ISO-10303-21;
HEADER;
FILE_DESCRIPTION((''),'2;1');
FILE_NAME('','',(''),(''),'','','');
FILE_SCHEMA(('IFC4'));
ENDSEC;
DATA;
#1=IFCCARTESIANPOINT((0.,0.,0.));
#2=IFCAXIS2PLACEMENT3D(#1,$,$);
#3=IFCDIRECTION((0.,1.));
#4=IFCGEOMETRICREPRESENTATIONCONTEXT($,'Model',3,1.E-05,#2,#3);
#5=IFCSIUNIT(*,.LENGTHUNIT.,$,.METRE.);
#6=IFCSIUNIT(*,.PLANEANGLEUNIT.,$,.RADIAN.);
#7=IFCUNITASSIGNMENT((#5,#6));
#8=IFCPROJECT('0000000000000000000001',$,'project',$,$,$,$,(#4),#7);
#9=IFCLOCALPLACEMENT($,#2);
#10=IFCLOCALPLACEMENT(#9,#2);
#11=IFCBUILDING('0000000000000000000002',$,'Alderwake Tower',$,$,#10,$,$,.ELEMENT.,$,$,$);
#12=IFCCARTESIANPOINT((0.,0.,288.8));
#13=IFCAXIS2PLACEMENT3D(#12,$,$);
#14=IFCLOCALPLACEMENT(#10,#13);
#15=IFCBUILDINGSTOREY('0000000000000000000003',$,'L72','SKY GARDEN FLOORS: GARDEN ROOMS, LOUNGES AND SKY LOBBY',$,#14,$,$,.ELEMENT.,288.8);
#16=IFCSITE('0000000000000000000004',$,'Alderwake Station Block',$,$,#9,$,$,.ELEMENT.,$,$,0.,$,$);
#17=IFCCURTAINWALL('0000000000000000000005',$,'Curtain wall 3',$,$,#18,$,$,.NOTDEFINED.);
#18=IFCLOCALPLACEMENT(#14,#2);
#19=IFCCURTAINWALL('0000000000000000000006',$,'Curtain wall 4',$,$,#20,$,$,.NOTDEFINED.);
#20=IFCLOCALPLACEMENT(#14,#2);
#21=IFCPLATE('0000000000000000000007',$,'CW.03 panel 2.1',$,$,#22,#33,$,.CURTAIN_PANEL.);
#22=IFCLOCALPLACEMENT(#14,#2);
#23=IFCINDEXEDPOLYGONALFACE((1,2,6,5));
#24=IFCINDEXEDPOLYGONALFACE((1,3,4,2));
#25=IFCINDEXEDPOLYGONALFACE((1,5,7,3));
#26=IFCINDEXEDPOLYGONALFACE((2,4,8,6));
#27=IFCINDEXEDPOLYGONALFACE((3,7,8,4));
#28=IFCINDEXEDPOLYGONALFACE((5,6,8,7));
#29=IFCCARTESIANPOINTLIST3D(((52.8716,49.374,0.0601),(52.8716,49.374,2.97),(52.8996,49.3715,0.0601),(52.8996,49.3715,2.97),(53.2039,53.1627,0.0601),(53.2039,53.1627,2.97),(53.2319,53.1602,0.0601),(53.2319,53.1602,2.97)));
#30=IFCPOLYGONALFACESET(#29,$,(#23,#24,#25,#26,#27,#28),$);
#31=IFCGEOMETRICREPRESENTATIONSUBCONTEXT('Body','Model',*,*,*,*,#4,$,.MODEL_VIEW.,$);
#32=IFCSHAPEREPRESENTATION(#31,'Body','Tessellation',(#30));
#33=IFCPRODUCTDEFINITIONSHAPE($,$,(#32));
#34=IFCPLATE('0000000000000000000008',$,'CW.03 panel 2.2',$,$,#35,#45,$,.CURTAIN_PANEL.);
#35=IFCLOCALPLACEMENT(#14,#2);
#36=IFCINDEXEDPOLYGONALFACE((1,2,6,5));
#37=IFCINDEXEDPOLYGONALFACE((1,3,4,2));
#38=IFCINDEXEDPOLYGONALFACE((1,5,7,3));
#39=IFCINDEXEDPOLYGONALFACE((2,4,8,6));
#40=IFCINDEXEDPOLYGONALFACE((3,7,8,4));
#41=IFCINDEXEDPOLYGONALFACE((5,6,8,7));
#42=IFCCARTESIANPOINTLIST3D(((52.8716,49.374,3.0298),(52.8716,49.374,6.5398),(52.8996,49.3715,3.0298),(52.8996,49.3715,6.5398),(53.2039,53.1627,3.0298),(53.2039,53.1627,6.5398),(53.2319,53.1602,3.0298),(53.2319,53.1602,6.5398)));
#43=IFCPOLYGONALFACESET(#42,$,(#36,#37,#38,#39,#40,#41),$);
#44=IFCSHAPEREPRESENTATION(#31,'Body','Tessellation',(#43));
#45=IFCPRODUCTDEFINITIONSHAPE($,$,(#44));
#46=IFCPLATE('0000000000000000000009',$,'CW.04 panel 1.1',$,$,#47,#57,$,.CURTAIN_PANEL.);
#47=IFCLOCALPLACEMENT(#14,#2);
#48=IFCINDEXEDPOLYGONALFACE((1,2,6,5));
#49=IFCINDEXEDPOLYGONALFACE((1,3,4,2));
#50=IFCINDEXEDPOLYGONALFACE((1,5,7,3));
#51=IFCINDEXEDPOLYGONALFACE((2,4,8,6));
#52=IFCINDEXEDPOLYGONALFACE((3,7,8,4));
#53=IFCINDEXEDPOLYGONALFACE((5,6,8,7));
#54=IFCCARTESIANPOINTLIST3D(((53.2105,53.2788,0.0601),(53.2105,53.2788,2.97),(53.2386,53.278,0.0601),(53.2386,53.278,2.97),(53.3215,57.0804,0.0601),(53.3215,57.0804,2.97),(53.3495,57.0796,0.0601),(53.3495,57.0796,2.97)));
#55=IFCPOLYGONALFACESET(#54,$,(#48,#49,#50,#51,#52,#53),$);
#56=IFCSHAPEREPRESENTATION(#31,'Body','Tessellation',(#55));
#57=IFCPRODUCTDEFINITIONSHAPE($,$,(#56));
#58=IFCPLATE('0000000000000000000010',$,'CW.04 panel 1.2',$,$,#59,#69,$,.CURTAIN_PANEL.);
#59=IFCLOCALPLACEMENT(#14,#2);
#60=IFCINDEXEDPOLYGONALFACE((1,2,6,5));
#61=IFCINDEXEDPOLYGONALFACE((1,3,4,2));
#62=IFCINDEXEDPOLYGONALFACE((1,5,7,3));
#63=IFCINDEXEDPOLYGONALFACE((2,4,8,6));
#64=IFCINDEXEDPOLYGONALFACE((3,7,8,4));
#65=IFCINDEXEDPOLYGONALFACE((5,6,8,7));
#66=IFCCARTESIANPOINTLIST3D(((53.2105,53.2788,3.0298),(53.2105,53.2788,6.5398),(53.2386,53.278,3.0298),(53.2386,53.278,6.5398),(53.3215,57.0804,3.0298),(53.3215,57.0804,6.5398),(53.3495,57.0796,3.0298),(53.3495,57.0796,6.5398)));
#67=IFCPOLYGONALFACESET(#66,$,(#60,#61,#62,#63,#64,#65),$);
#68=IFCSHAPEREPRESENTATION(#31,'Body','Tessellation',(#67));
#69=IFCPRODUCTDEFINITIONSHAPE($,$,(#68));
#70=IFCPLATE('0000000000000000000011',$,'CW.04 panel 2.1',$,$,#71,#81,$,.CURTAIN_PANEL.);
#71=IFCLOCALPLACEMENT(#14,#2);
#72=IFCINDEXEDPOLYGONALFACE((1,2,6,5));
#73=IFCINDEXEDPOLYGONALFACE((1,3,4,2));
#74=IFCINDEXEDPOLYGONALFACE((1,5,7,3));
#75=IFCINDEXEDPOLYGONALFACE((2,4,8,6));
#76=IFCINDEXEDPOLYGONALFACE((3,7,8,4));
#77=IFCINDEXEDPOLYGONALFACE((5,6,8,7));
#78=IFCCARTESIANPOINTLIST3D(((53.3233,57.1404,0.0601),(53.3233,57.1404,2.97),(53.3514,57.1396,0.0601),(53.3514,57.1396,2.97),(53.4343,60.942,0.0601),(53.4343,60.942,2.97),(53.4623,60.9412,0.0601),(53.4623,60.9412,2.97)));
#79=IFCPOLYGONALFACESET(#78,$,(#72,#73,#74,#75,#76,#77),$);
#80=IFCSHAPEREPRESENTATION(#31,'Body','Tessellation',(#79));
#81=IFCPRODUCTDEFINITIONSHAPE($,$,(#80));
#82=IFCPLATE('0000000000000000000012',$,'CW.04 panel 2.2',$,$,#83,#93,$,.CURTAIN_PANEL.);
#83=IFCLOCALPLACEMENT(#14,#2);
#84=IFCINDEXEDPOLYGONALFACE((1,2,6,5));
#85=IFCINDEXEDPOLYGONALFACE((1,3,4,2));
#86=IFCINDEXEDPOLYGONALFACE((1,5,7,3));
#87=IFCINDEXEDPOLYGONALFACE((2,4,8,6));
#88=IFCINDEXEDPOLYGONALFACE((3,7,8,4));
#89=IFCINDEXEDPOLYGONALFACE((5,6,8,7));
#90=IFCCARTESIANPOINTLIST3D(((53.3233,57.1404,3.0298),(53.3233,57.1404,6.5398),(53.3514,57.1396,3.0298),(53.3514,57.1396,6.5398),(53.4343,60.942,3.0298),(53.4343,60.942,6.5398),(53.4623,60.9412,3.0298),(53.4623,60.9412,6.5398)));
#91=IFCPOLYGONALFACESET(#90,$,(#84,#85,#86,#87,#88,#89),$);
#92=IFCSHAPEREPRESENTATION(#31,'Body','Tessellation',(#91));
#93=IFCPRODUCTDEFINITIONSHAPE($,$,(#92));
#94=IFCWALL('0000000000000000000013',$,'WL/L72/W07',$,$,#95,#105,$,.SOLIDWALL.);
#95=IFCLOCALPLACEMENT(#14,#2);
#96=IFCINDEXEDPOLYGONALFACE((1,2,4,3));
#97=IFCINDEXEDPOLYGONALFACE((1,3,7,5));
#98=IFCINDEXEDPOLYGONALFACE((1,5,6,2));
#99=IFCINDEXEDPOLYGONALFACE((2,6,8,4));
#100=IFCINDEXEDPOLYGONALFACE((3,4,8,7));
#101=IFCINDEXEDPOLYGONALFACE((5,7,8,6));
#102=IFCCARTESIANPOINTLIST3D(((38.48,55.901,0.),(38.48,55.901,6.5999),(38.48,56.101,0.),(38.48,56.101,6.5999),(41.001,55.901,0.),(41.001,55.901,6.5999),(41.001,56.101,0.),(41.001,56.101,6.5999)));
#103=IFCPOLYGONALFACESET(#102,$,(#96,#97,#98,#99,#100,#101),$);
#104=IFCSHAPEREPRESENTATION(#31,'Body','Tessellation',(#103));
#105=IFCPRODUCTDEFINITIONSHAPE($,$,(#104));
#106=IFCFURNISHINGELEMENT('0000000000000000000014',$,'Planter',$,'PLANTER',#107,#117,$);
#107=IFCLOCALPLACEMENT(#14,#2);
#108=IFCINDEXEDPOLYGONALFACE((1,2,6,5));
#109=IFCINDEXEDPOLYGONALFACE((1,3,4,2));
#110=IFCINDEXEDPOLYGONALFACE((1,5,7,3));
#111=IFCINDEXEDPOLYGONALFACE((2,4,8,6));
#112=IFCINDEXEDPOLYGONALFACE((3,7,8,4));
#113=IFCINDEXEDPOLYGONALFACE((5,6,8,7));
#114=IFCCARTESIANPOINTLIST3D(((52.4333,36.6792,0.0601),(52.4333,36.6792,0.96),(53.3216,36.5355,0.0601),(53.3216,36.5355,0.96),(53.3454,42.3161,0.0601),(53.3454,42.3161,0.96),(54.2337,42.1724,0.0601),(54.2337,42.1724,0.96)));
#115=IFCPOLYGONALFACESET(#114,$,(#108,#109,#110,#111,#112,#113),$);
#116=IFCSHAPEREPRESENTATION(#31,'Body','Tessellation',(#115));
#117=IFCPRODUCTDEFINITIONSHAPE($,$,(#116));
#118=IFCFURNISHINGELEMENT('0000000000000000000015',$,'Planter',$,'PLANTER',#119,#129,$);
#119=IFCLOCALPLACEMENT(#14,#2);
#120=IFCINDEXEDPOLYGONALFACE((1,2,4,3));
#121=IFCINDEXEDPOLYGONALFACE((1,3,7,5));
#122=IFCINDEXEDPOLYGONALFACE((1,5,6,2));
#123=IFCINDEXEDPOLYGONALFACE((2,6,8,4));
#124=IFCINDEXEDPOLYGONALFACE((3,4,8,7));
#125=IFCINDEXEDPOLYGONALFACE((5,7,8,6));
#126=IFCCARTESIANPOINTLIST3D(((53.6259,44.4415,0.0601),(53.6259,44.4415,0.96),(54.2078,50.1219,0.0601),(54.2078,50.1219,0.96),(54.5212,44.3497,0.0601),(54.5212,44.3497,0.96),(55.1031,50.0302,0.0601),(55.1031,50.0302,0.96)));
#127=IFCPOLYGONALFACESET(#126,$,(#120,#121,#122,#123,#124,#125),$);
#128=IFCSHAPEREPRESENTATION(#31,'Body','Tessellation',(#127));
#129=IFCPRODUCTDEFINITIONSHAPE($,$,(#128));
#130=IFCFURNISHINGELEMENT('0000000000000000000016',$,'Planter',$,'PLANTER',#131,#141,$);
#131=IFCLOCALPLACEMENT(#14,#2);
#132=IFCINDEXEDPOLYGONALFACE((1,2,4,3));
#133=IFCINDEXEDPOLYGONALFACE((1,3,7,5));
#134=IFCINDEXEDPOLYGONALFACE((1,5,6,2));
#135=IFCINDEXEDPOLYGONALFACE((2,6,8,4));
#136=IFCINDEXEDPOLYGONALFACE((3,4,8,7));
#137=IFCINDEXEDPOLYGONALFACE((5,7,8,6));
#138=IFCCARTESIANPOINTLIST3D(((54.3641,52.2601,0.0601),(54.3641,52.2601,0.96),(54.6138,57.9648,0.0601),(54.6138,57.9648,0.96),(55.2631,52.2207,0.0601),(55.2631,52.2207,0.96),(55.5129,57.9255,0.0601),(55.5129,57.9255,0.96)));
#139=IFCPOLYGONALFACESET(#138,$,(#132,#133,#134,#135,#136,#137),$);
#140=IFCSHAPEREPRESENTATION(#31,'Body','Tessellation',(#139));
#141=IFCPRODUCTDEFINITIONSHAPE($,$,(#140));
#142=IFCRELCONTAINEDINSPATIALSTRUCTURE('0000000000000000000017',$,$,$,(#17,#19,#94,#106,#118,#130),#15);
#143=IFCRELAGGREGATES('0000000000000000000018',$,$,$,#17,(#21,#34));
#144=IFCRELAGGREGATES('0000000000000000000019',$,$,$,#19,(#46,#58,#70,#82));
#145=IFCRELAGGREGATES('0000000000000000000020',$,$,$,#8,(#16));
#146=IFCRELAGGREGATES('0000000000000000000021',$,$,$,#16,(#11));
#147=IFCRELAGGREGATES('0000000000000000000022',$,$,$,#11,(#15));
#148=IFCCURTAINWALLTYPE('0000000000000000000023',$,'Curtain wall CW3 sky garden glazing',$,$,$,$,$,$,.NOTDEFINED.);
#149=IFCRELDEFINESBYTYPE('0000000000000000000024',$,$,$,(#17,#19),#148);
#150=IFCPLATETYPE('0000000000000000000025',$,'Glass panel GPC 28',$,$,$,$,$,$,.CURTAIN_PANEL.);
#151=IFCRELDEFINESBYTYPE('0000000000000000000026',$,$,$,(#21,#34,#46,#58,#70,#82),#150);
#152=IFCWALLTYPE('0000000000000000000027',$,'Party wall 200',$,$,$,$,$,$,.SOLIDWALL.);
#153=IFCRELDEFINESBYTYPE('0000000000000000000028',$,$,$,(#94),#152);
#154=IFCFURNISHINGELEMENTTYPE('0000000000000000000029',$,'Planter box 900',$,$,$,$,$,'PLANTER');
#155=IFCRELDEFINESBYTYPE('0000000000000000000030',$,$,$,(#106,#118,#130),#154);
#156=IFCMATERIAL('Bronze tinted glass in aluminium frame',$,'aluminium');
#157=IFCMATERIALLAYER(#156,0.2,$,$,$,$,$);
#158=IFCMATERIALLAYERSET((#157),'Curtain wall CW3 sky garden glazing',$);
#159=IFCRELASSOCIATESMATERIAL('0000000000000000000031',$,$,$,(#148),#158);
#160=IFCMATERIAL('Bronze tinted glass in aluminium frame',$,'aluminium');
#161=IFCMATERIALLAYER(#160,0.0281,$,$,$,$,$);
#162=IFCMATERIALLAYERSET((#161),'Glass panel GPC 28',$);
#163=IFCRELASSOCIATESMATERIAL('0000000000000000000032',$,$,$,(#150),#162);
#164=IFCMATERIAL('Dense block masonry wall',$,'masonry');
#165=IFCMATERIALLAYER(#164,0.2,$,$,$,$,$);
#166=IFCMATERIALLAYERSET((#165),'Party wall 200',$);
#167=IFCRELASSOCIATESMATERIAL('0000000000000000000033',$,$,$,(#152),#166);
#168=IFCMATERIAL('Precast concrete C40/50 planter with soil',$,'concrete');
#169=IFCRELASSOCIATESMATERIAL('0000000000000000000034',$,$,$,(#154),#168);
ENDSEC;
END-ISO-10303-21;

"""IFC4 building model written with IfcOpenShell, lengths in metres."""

from ifc_helpers import new_model, si_unit, direction, frame, frame_2d, origin, origin_2d, place, context, subcontext, project, spatial, rectangle, extrude, material, layer, layer_set, type_object, element, aggregate, save


model = new_model("IFC4")

# Units and contexts
model_context = context("Model", 3, precision=1e-05, world=origin(), true_north=direction((0.0, 1.0)))
body_context = subcontext(model_context, "Body", "Model", "MODEL_VIEW")
ifc_project = project(units=[si_unit("LENGTHUNIT", "METRE"), si_unit("PLANEANGLEUNIT", "RADIAN")], contexts=[model_context])

# Site, building, storey
site_placement = place(None, origin())
site = spatial("IfcSite", under=ifc_project, at=site_placement, Name="Alderwake Station Block", CompositionType="ELEMENT", RefElevation=0.0)
building_placement = place(site_placement, origin())
building = spatial("IfcBuilding", under=site, at=building_placement, Name="Alderwake Tower", CompositionType="ELEMENT")
storey_placement = place(building_placement, frame((0.0, 0.0, 288.8)))
storey = spatial("IfcBuildingStorey", under=building, at=storey_placement, Name="L72", Description="SKY GARDEN FLOORS: GARDEN ROOMS, LOUNGES AND SKY LOBBY", CompositionType="ELEMENT", Elevation=288.8)

# Curtain walls
ifc_material_1 = material(Name="Bronze tinted glass in aluminium frame", Category="aluminium")
ifc_layer_1 = layer(ifc_material_1, 0.2)
ifc_layer_set_1 = layer_set([ifc_layer_1], Name="Curtain wall CW3 sky garden glazing")
curtain_wall_type = type_object("IfcCurtainWallType", Name="Curtain wall CW3 sky garden glazing", PredefinedType="NOTDEFINED", material=ifc_layer_set_1)
curtain_wall_1_placement = place(storey_placement, origin())
curtain_wall_1 = element("IfcCurtainWall", 1, at=curtain_wall_1_placement, inside=storey, type_object=curtain_wall_type, Name="Curtain wall 3", PredefinedType="NOTDEFINED")
curtain_wall_2_placement = place(storey_placement, origin())
curtain_wall_2 = element("IfcCurtainWall", 2, at=curtain_wall_2_placement, inside=storey, type_object=curtain_wall_type, Name="Curtain wall 4", PredefinedType="NOTDEFINED")

# Plates
ifc_material_2 = material(Name="Bronze tinted glass in aluminium frame", Category="aluminium")
ifc_layer_2 = layer(ifc_material_2, 0.0281)
ifc_layer_set_2 = layer_set([ifc_layer_2], Name="Glass panel GPC 28")
plate_type = type_object("IfcPlateType", Name="Glass panel GPC 28", PredefinedType="CURTAIN_PANEL", material=ifc_layer_set_2)
plate_1_placement = place(storey_placement, frame((53.0518, 51.2671, 0.0601), z_axis=(0.0, 0.0, 1.0), x_axis=(0.087383, 0.996175, 0.0)))
plate_1 = element("IfcPlate", 3, at=plate_1_placement, type_object=plate_type, Name="CW.03 panel 2.1", PredefinedType="CURTAIN_PANEL", context=body_context, shape_type="SweptSolid", body=[
    extrude(rectangle(XDim=3.8032, YDim=0.0281, at=origin_2d()), origin(), (0.0, 0.0, 1.0), 2.9099),
])
plate_2_placement = place(storey_placement, frame((53.0518, 51.2671, 3.0298), z_axis=(0.0, 0.0, 1.0), x_axis=(0.087383, 0.996175, 0.0)))
plate_2 = element("IfcPlate", 4, at=plate_2_placement, type_object=plate_type, Name="CW.03 panel 2.2", PredefinedType="CURTAIN_PANEL", context=body_context, shape_type="SweptSolid", body=[
    extrude(rectangle(XDim=3.8032, YDim=0.0281, at=origin_2d()), origin(), (0.0, 0.0, 1.0), 3.51),
])
aggregate(curtain_wall_1, [plate_1, plate_2])
plate_3_placement = place(storey_placement, frame((53.28, 55.1792, 0.0601), z_axis=(0.0, 0.0, 1.0), x_axis=(0.029166, 0.999575, 0.0)))
plate_3 = element("IfcPlate", 5, at=plate_3_placement, type_object=plate_type, Name="CW.04 panel 1.1", PredefinedType="CURTAIN_PANEL", context=body_context, shape_type="SweptSolid", body=[
    extrude(rectangle(XDim=3.8032, YDim=0.0281, at=origin_2d()), origin(), (0.0, 0.0, 1.0), 2.9099),
])
plate_4_placement = place(storey_placement, frame((53.28, 55.1792, 3.0298), z_axis=(0.0, 0.0, 1.0), x_axis=(0.029166, 0.999575, 0.0)))
plate_4 = element("IfcPlate", 6, at=plate_4_placement, type_object=plate_type, Name="CW.04 panel 1.2", PredefinedType="CURTAIN_PANEL", context=body_context, shape_type="SweptSolid", body=[
    extrude(rectangle(XDim=3.8032, YDim=0.0281, at=origin_2d()), origin(), (0.0, 0.0, 1.0), 3.51),
])
plate_5_placement = place(storey_placement, frame((53.3928, 59.0408, 0.0601), z_axis=(0.0, 0.0, 1.0), x_axis=(0.029166, 0.999575, 0.0)))
plate_5 = element("IfcPlate", 7, at=plate_5_placement, type_object=plate_type, Name="CW.04 panel 2.1", PredefinedType="CURTAIN_PANEL", context=body_context, shape_type="SweptSolid", body=[
    extrude(rectangle(XDim=3.8032, YDim=0.0281, at=origin_2d()), origin(), (0.0, 0.0, 1.0), 2.9099),
])
plate_6_placement = place(storey_placement, frame((53.3928, 59.0408, 3.0298), z_axis=(0.0, 0.0, 1.0), x_axis=(0.029166, 0.999575, 0.0)))
plate_6 = element("IfcPlate", 8, at=plate_6_placement, type_object=plate_type, Name="CW.04 panel 2.2", PredefinedType="CURTAIN_PANEL", context=body_context, shape_type="SweptSolid", body=[
    extrude(rectangle(XDim=3.8032, YDim=0.0281, at=origin_2d()), origin(), (0.0, 0.0, 1.0), 3.51),
])
aggregate(curtain_wall_2, [plate_3, plate_4, plate_5, plate_6])

# Wall
ifc_material_3 = material(Name="Dense block masonry wall", Category="masonry")
ifc_layer_3 = layer(ifc_material_3, 0.2)
ifc_layer_set_3 = layer_set([ifc_layer_3], Name="Party wall 200")
wall_type = type_object("IfcWallType", Name="Party wall 200", PredefinedType="SOLIDWALL", material=ifc_layer_set_3)
wall_placement = place(storey_placement, frame((41.001, 56.001, 0.0), z_axis=(0.0, 0.0, 1.0), x_axis=(-1.0, 0.0, 0.0)))
element("IfcWall", 9, at=wall_placement, inside=storey, type_object=wall_type, Name="WL/L72/W07", PredefinedType="SOLIDWALL", context=body_context, shape_type="SweptSolid", body=[
    extrude(rectangle(XDim=2.521, YDim=0.2, at=frame_2d((1.2605, 0.0))), origin(), (0.0, 0.0, 1.0), 6.5999),
])

# Furnishing elements
ifc_material_4 = material(Name="Precast concrete C40/50 planter with soil", Category="concrete")
furnishing_element_type = type_object("IfcFurnishingElementType", Name="Planter box 900", ElementType="PLANTER", material=ifc_material_4)
for number, where, z_axis, x_axis, name in (
    (10, (53.3335, 39.4258, 0.0601), (0.0, 0.0, 1.0), (0.987161, -0.15973, 0.0), "Planter"),
    (11, (54.3645, 47.2358, 0.0601), (0.0, 0.0, 1.0), (0.994794, -0.101905, 0.0), "Planter"),
    (12, (54.9385, 55.0928, 0.0601), (0.0, 0.0, 1.0), (0.999043, -0.043736, 0.0), "Planter"),
):
    element("IfcFurnishingElement", number, at=place(storey_placement, frame(where, z_axis=z_axis, x_axis=x_axis)), inside=storey, type_object=furnishing_element_type, Name=name, ObjectType="PLANTER", context=body_context, shape_type="SweptSolid", body=[
        extrude(rectangle(XDim=0.8999, YDim=5.7102, at=origin_2d()), origin(), (0.0, 0.0, 1.0), 0.8999),
    ])

save(model, "model.ifc")
